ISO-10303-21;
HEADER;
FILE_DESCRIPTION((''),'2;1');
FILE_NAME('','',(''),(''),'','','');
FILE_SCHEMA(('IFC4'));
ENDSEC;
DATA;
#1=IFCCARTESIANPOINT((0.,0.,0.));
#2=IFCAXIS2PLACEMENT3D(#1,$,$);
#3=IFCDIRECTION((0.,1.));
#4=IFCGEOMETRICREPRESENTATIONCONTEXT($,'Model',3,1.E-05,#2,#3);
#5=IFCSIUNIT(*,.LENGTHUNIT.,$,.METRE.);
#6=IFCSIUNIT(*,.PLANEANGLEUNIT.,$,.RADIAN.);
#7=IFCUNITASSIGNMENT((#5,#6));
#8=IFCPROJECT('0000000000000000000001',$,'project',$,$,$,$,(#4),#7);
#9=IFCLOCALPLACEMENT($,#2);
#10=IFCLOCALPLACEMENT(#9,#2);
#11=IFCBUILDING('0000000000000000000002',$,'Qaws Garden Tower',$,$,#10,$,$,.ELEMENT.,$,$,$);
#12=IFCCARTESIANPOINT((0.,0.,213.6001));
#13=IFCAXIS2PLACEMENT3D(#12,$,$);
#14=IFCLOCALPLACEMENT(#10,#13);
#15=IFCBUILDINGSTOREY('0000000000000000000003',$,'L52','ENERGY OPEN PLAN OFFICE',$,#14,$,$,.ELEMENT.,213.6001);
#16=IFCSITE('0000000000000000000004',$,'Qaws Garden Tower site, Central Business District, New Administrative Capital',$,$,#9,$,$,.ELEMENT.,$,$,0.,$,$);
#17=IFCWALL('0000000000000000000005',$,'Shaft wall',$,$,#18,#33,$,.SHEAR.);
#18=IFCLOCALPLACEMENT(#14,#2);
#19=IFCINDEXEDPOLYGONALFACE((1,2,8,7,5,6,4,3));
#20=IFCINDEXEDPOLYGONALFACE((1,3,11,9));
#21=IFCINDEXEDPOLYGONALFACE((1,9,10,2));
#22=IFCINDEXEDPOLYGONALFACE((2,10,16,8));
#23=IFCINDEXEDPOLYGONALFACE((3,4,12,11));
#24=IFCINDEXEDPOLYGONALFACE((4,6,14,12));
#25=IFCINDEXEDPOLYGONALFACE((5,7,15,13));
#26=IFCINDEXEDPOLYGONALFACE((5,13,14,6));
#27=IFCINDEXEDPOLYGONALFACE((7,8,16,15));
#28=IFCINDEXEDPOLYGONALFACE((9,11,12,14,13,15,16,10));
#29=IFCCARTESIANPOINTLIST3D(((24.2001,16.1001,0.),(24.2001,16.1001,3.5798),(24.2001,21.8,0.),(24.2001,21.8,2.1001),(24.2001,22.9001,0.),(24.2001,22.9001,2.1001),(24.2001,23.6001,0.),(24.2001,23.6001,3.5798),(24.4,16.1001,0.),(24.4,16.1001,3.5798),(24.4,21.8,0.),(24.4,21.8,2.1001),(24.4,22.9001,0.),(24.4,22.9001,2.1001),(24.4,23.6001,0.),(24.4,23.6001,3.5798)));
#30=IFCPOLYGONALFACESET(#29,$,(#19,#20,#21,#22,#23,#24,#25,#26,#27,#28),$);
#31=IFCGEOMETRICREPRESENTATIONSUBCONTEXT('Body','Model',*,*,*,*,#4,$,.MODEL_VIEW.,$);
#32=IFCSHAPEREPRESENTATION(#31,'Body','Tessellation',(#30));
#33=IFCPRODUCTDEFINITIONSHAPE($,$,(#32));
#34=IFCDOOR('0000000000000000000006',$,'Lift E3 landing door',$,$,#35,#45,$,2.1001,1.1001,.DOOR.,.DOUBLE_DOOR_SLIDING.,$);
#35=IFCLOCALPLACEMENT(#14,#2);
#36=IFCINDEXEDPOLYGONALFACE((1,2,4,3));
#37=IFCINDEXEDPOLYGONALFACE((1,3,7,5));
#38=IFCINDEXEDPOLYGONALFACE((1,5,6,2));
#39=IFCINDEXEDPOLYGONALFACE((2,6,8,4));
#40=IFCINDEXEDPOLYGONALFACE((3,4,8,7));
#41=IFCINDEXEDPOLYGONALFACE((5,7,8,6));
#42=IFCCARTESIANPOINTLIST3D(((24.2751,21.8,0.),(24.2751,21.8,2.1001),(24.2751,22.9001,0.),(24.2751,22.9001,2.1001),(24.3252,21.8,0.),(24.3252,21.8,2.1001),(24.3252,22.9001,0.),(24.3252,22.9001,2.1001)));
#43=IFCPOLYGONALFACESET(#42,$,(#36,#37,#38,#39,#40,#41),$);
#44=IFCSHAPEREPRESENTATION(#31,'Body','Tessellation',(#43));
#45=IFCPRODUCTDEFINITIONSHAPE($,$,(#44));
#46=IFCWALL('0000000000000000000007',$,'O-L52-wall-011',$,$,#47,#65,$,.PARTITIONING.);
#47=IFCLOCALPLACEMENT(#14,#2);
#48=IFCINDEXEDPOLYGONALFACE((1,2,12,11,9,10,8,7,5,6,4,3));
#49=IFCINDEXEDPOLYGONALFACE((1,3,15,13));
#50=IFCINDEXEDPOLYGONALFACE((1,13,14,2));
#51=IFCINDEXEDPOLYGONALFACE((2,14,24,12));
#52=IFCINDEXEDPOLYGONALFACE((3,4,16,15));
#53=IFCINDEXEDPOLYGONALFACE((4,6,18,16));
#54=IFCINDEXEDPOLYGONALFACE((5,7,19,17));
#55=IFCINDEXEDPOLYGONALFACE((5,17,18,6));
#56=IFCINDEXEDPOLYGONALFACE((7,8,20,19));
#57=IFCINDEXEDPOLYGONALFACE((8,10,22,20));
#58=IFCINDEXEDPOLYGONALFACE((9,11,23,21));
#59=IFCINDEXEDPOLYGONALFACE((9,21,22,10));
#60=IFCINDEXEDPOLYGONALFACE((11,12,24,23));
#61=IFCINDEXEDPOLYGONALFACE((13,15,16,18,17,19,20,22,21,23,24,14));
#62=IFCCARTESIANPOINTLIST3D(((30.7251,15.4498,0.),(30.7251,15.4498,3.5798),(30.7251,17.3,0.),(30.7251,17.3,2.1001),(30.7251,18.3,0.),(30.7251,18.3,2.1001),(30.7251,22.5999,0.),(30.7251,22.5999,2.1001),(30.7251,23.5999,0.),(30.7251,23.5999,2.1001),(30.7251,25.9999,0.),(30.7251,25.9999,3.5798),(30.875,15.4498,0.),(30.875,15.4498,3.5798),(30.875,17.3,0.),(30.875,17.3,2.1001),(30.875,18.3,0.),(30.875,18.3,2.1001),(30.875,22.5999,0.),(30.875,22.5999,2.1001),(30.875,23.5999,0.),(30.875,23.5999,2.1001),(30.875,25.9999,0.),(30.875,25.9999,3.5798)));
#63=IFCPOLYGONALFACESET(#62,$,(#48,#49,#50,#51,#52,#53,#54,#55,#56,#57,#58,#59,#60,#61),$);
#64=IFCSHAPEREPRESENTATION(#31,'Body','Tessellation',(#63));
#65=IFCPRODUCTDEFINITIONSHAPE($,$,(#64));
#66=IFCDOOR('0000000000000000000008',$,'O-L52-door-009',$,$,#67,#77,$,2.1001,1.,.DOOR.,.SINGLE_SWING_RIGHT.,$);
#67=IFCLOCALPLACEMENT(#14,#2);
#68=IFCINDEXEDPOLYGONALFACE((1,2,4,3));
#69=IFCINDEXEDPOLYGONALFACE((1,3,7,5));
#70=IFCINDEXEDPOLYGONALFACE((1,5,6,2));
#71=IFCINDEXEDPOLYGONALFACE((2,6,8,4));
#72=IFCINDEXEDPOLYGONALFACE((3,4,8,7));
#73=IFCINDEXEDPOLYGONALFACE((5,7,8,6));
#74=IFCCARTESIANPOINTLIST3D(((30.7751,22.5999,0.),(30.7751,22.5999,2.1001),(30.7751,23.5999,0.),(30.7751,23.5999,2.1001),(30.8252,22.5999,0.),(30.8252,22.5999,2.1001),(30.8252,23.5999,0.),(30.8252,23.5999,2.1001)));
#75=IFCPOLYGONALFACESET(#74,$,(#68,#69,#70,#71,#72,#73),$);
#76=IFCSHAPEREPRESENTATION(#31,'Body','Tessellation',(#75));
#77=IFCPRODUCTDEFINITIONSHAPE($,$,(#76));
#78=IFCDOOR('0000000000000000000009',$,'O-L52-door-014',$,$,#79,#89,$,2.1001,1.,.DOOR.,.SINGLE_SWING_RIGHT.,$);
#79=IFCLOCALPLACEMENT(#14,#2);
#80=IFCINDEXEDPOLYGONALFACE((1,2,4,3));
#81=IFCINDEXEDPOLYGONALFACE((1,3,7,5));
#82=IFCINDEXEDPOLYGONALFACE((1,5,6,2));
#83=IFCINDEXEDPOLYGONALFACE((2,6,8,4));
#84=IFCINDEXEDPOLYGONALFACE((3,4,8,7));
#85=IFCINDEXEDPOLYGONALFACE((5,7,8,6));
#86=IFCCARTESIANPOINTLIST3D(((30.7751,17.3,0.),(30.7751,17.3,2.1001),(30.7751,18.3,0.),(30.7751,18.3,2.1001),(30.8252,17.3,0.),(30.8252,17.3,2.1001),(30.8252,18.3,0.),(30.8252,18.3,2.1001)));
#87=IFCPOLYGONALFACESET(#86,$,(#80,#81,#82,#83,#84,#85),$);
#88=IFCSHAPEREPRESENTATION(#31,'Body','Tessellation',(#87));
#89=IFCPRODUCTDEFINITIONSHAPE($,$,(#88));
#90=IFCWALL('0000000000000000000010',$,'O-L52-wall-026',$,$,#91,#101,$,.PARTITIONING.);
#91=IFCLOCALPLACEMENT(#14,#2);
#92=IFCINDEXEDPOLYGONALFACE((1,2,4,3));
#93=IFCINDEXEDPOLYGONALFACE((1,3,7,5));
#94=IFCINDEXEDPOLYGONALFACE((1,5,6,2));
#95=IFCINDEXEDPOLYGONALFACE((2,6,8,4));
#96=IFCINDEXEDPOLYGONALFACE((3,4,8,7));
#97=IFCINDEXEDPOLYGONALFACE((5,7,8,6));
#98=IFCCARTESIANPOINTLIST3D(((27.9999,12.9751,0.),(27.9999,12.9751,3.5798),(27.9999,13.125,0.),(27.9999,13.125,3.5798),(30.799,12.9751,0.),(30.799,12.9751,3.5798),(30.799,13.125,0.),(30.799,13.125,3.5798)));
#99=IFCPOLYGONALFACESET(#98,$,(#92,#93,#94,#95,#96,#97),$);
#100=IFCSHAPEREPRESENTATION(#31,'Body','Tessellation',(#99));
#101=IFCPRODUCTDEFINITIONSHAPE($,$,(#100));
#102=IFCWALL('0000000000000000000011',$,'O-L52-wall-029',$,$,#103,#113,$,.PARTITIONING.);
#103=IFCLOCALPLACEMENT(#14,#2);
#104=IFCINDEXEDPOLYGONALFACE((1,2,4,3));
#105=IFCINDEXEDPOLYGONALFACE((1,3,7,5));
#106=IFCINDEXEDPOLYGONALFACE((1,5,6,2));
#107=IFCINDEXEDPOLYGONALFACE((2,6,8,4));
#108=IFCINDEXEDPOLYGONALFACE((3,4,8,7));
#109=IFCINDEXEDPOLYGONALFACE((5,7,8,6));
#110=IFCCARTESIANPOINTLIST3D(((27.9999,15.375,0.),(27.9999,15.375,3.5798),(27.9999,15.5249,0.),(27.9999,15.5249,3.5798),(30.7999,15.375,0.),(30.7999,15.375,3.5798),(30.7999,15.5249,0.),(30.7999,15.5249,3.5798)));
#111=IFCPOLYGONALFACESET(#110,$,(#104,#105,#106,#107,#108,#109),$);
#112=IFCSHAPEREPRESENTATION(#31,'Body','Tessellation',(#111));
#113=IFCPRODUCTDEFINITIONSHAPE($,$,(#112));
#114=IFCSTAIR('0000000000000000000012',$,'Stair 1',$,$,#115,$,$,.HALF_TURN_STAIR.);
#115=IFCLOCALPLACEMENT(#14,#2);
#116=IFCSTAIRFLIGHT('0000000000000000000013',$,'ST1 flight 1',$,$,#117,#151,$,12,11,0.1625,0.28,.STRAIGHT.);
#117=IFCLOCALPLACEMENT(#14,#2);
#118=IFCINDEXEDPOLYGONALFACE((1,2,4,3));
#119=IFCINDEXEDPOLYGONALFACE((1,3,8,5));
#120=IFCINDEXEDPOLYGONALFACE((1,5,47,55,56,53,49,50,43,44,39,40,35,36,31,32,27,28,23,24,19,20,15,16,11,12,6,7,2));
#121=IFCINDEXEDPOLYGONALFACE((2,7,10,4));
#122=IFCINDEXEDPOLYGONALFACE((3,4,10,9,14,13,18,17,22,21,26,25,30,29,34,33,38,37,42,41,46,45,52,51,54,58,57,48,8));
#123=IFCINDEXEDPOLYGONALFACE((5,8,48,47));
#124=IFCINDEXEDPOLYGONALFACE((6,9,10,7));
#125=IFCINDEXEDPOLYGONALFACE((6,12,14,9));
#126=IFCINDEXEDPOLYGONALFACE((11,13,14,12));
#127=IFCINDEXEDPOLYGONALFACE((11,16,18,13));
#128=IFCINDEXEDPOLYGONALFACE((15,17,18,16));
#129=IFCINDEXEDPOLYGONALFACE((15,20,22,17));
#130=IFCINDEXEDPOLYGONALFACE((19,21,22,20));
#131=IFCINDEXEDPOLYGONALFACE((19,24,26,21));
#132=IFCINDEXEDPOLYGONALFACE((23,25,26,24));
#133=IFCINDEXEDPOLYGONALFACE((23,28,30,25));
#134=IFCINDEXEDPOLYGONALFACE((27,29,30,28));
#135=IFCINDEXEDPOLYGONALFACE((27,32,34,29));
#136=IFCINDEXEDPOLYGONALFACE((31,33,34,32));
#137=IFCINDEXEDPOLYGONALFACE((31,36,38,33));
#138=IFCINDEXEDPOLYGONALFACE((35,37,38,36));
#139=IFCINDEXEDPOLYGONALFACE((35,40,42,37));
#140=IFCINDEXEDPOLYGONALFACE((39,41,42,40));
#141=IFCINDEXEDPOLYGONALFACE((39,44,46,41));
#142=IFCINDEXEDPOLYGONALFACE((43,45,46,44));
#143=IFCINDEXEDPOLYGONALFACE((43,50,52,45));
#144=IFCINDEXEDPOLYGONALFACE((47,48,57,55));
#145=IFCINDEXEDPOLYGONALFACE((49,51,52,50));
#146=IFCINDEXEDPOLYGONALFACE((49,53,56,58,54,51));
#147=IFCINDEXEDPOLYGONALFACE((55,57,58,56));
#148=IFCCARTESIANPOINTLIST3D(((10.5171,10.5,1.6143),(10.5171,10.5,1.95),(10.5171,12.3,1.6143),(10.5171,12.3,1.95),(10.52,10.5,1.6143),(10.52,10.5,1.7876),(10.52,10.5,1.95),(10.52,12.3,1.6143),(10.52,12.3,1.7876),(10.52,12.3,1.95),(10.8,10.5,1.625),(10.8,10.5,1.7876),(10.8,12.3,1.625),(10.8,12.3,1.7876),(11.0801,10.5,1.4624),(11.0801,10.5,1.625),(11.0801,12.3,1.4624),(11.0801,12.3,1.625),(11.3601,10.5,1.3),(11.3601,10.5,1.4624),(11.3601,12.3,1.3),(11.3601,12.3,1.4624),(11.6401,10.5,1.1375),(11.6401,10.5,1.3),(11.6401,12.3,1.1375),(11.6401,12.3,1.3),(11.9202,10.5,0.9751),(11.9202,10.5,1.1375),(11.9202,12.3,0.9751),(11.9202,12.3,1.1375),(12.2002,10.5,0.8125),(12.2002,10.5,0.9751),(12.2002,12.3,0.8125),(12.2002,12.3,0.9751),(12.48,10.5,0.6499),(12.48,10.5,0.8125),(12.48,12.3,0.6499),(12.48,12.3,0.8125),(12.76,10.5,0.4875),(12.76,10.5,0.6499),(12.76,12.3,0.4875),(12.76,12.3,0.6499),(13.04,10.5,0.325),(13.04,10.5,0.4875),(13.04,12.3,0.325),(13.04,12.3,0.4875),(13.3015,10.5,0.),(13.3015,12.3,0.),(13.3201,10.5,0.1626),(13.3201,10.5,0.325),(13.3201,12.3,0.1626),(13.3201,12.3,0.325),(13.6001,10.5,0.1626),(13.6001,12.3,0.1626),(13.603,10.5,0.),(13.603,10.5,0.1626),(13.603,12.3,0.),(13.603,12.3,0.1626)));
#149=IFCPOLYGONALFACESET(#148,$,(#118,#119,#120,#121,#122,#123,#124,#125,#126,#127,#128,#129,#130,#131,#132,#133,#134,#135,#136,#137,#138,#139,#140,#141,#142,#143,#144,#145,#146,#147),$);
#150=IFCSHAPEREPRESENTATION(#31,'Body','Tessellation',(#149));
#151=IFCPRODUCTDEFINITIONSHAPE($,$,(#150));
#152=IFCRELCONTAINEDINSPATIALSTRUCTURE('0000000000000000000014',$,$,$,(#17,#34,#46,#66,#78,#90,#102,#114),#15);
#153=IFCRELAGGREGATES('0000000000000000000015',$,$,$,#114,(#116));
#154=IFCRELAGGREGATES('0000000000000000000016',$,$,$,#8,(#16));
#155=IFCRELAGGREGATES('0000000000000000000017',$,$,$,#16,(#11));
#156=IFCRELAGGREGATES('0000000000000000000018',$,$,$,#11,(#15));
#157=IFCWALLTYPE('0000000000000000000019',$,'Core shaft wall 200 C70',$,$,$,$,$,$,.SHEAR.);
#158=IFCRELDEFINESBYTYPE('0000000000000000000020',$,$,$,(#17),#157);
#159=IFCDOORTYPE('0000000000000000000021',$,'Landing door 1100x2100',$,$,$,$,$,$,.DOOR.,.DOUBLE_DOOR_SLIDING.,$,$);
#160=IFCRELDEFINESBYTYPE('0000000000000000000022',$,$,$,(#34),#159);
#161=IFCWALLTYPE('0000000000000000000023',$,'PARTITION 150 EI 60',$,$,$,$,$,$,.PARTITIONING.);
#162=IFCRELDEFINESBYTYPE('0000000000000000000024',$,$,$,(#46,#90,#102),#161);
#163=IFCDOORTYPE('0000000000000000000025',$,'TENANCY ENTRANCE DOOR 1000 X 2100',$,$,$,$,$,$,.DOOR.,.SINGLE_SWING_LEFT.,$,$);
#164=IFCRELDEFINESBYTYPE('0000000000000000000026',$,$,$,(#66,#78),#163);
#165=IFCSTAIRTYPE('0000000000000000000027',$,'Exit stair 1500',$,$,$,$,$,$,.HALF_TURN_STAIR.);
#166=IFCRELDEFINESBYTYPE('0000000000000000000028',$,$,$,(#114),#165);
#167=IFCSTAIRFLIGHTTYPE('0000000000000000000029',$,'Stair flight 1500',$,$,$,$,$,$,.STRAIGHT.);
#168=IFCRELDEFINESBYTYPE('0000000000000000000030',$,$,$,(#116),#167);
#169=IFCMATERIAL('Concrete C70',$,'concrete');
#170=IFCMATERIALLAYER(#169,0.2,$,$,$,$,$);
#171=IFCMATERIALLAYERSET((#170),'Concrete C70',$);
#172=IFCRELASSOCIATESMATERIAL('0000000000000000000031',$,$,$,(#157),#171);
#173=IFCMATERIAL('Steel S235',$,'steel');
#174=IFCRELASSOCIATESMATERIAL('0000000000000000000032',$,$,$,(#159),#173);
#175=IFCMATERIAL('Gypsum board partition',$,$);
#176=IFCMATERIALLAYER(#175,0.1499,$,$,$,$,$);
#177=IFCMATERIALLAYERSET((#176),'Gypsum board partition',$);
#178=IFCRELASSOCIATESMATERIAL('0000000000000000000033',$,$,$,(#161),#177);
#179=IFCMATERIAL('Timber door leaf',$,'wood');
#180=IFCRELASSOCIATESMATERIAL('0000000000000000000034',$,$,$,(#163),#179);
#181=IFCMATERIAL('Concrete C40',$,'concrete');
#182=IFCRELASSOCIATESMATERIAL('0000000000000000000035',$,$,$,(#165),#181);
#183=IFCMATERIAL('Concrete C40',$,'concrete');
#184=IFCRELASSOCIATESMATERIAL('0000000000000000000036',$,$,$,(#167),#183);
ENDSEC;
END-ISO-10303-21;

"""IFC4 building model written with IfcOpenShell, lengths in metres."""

from ifc_helpers import new_model, si_unit, direction, frame, frame_2d, origin, place, context, subcontext, project, spatial, polyline, rectangle, outline, extrude, material, layer, layer_set, type_object, element, fill, aggregate, save


model = new_model("IFC4")

# Units and contexts
model_context = context("Model", 3, precision=1e-05, world=origin(), true_north=direction((0.0, 1.0)))
body_context = subcontext(model_context, "Body", "Model", "MODEL_VIEW")
ifc_project = project(units=[si_unit("LENGTHUNIT", "METRE"), si_unit("PLANEANGLEUNIT", "RADIAN")], contexts=[model_context])

# Site, building, storey
site_placement = place(None, origin())
site = spatial("IfcSite", under=ifc_project, at=site_placement, Name="Qaws Garden Tower site, Central Business District, New Administrative Capital", CompositionType="ELEMENT", RefElevation=0.0)
building_placement = place(site_placement, origin())
building = spatial("IfcBuilding", under=site, at=building_placement, Name="Qaws Garden Tower", CompositionType="ELEMENT")
storey_placement = place(building_placement, frame((0.0, 0.0, 213.6001)))
storey = spatial("IfcBuildingStorey", under=building, at=storey_placement, Name="L52", Description="ENERGY OPEN PLAN OFFICE", CompositionType="ELEMENT", Elevation=213.6001)

# Shared definitions
ifc_material_1 = material(Name="Concrete C70", Category="concrete")
ifc_layer_1 = layer(ifc_material_1, 0.2)
ifc_layer_set_1 = layer_set([ifc_layer_1], Name="Concrete C70")
wall_type_1 = type_object("IfcWallType", Name="Core shaft wall 200 C70", PredefinedType="SHEAR", material=ifc_layer_set_1)
ifc_material_2 = material(Name="Steel S235", Category="steel")
door_type_1 = type_object("IfcDoorType", Name="Landing door 1100x2100", OperationType="DOUBLE_DOOR_SLIDING", PredefinedType="DOOR", material=ifc_material_2)

# Wall, opening, door
wall_1_placement = place(storey_placement, frame((24.3, 16.1001, 0.0), z_axis=(0.0, 0.0, 1.0), x_axis=(0.0, 1.0, 0.0)))
wall_1 = element("IfcWall", 1, at=wall_1_placement, inside=storey, type_object=wall_type_1, Name="Shaft wall", PredefinedType="SHEAR", context=body_context, shape_type="SweptSolid", body=[
    extrude(rectangle(XDim=7.5, YDim=0.2, at=frame_2d((3.75, 0.0))), origin(), (0.0, 0.0, 1.0), 3.5798),
])
opening_1_placement = place(wall_1_placement, frame((5.7, 0.0, 0.0)))
opening_1 = element("IfcOpeningElement", 2, at=opening_1_placement, cuts=wall_1, PredefinedType="OPENING", context=body_context, shape_type="SweptSolid", body=[
    extrude(rectangle(XDim=1.1001, YDim=2.1001, at=frame_2d((0.55, 1.05))), frame((0.0, 0.1099, 0.0), z_axis=(0.0, -1.0, 0.0), x_axis=(1.0, 0.0, 0.0)), (0.0, 0.0, 1.0), 0.22),
])
door_1_placement = place(opening_1_placement, origin())
door_1 = element("IfcDoor", 3, at=door_1_placement, inside=storey, type_object=door_type_1, Name="Lift E3 landing door", OperationType="DOUBLE_DOOR_SLIDING", OverallHeight=2.1001, OverallWidth=1.1001, PredefinedType="DOOR", context=body_context, shape_type="SweptSolid", body=[
    extrude(rectangle(XDim=1.1001, YDim=2.1001, at=frame_2d((0.55, 1.05))), frame((0.0, 0.0249, 0.0), z_axis=(0.0, -1.0, 0.0), x_axis=(1.0, 0.0, 0.0)), (0.0, 0.0, 1.0), 0.05),
])
fill(opening_1, door_1)

# Wall, openings, doors
ifc_material_3 = material(Name="Gypsum board partition")
ifc_layer_2 = layer(ifc_material_3, 0.1499)
ifc_layer_set_2 = layer_set([ifc_layer_2], Name="Gypsum board partition")
wall_type_2 = type_object("IfcWallType", Name="PARTITION 150 EI 60", PredefinedType="PARTITIONING", material=ifc_layer_set_2)
wall_2_placement = place(storey_placement, frame((30.8, 15.45, 0.0), z_axis=(0.0, 0.0, 1.0), x_axis=(0.0, 1.0, 0.0)))
wall_2 = element("IfcWall", 4, at=wall_2_placement, inside=storey, type_object=wall_type_2, Name="O-L52-wall-011", PredefinedType="PARTITIONING", context=body_context, shape_type="SweptSolid", body=[
    extrude(rectangle(XDim=10.55, YDim=0.1499, at=frame_2d((5.2749, 0.0))), origin(), (0.0, 0.0, 1.0), 3.5798),
])
opening_2_placement = place(wall_2_placement, frame((7.1499, 0.0, 0.0)))
opening_2 = element("IfcOpeningElement", 5, at=opening_2_placement, cuts=wall_2, PredefinedType="OPENING", context=body_context, shape_type="SweptSolid", body=[
    extrude(rectangle(XDim=1.0, YDim=2.1001, at=frame_2d((0.5, 1.05))), frame((0.0, 0.085, 0.0), z_axis=(0.0, -1.0, 0.0), x_axis=(1.0, 0.0, 0.0)), (0.0, 0.0, 1.0), 0.1699),
])
opening_3_placement = place(wall_2_placement, frame((1.8501, 0.0, 0.0)))
opening_3 = element("IfcOpeningElement", 6, at=opening_3_placement, cuts=wall_2, PredefinedType="OPENING", context=body_context, shape_type="SweptSolid", body=[
    extrude(rectangle(XDim=1.0, YDim=2.1001, at=frame_2d((0.5, 1.05))), frame((0.0, 0.085, 0.0), z_axis=(0.0, -1.0, 0.0), x_axis=(1.0, 0.0, 0.0)), (0.0, 0.0, 1.0), 0.1699),
])
ifc_material_4 = material(Name="Timber door leaf", Category="wood")
door_type_2 = type_object("IfcDoorType", Name="TENANCY ENTRANCE DOOR 1000 X 2100", OperationType="SINGLE_SWING_LEFT", PredefinedType="DOOR", material=ifc_material_4)
door_2_placement = place(opening_2_placement, origin())
door_2 = element("IfcDoor", 7, at=door_2_placement, inside=storey, type_object=door_type_2, Name="O-L52-door-009", OperationType="SINGLE_SWING_RIGHT", OverallHeight=2.1001, OverallWidth=1.0, PredefinedType="DOOR", context=body_context, shape_type="SweptSolid", body=[
    extrude(rectangle(XDim=1.0, YDim=2.1001, at=frame_2d((0.5, 1.05))), frame((0.0, 0.0249, 0.0), z_axis=(0.0, -1.0, 0.0), x_axis=(1.0, 0.0, 0.0)), (0.0, 0.0, 1.0), 0.05),
])
fill(opening_2, door_2)
door_3_placement = place(opening_3_placement, origin())
door_3 = element("IfcDoor", 8, at=door_3_placement, inside=storey, type_object=door_type_2, Name="O-L52-door-014", OperationType="SINGLE_SWING_RIGHT", OverallHeight=2.1001, OverallWidth=1.0, PredefinedType="DOOR", context=body_context, shape_type="SweptSolid", body=[
    extrude(rectangle(XDim=1.0, YDim=2.1001, at=frame_2d((0.5, 1.05))), frame((0.0, 0.0249, 0.0), z_axis=(0.0, -1.0, 0.0), x_axis=(1.0, 0.0, 0.0)), (0.0, 0.0, 1.0), 0.05),
])
fill(opening_3, door_3)

# Walls
wall_3_placement = place(storey_placement, frame((28.0, 13.05, 0.0), z_axis=(0.0, 0.0, 1.0), x_axis=(1.0, 0.0, 0.0)))
element("IfcWall", 9, at=wall_3_placement, inside=storey, type_object=wall_type_2, Name="O-L52-wall-026", PredefinedType="PARTITIONING", context=body_context, shape_type="SweptSolid", body=[
    extrude(rectangle(XDim=2.7991, YDim=0.1499, at=frame_2d((1.3994, 0.0))), origin(), (0.0, 0.0, 1.0), 3.5798),
])
wall_4_placement = place(storey_placement, frame((28.0, 15.45, 0.0), z_axis=(0.0, 0.0, 1.0), x_axis=(1.0, 0.0, 0.0)))
element("IfcWall", 10, at=wall_4_placement, inside=storey, type_object=wall_type_2, Name="O-L52-wall-029", PredefinedType="PARTITIONING", context=body_context, shape_type="SweptSolid", body=[
    extrude(rectangle(XDim=2.8, YDim=0.1499, at=frame_2d((1.3999, 0.0))), origin(), (0.0, 0.0, 1.0), 3.5798),
])

# Stair, stair flight
ifc_material_5 = material(Name="Concrete C40", Category="concrete")
stair_type = type_object("IfcStairType", Name="Exit stair 1500", PredefinedType="HALF_TURN_STAIR", material=ifc_material_5)
stair_placement = place(storey_placement, origin())
stair = element("IfcStair", 11, at=stair_placement, inside=storey, type_object=stair_type, Name="Stair 1", PredefinedType="HALF_TURN_STAIR")
ifc_material_6 = material(Name="Concrete C40", Category="concrete")
stair_flight_type = type_object("IfcStairFlightType", Name="Stair flight 1500", PredefinedType="STRAIGHT", material=ifc_material_6)
stair_flight_placement = place(storey_placement, frame((13.6001, 11.3999, 0.0), z_axis=(0.0, 0.0, 1.0), x_axis=(-1.0, 0.0, 0.0)))
stair_flight = element("IfcStairFlight", 12, at=stair_flight_placement, type_object=stair_flight_type, Name="ST1 flight 1", NumberOfRisers=12, NumberOfTreads=11, PredefinedType="STRAIGHT", RiserHeight=0.1625, TreadLength=0.28, context=body_context, shape_type="SweptSolid", body=[
    extrude(outline(polyline([(-0.0029, 0.0), (-0.0029, 0.1626), (0.0, 0.1626), (0.28, 0.1626), (0.28, 0.325), (0.5601, 0.325), (0.5601, 0.4875), (0.8401, 0.4875), (0.8401, 0.6499), (1.1201, 0.6499), (1.1201, 0.8125), (1.3999, 0.8125), (1.3999, 0.9751), (1.6799, 0.9751), (1.6799, 1.1375), (1.96, 1.1375), (1.96, 1.3), (2.24, 1.3), (2.24, 1.4624), (2.52, 1.4624), (2.52, 1.625), (2.8, 1.625), (2.8, 1.7876), (3.0801, 1.7876), (3.0801, 1.95), (3.083, 1.95), (3.083, 1.6143), (3.0801, 1.6143), (0.2986, 0.0), (-0.0029, 0.0)])), frame((0.0, 0.8999, 0.0), z_axis=(0.0, -1.0, 0.0), x_axis=(1.0, 0.0, 0.0)), (0.0, 0.0, 1.0), 1.8),
])
aggregate(stair, [stair_flight])

save(model, "model.ifc")
